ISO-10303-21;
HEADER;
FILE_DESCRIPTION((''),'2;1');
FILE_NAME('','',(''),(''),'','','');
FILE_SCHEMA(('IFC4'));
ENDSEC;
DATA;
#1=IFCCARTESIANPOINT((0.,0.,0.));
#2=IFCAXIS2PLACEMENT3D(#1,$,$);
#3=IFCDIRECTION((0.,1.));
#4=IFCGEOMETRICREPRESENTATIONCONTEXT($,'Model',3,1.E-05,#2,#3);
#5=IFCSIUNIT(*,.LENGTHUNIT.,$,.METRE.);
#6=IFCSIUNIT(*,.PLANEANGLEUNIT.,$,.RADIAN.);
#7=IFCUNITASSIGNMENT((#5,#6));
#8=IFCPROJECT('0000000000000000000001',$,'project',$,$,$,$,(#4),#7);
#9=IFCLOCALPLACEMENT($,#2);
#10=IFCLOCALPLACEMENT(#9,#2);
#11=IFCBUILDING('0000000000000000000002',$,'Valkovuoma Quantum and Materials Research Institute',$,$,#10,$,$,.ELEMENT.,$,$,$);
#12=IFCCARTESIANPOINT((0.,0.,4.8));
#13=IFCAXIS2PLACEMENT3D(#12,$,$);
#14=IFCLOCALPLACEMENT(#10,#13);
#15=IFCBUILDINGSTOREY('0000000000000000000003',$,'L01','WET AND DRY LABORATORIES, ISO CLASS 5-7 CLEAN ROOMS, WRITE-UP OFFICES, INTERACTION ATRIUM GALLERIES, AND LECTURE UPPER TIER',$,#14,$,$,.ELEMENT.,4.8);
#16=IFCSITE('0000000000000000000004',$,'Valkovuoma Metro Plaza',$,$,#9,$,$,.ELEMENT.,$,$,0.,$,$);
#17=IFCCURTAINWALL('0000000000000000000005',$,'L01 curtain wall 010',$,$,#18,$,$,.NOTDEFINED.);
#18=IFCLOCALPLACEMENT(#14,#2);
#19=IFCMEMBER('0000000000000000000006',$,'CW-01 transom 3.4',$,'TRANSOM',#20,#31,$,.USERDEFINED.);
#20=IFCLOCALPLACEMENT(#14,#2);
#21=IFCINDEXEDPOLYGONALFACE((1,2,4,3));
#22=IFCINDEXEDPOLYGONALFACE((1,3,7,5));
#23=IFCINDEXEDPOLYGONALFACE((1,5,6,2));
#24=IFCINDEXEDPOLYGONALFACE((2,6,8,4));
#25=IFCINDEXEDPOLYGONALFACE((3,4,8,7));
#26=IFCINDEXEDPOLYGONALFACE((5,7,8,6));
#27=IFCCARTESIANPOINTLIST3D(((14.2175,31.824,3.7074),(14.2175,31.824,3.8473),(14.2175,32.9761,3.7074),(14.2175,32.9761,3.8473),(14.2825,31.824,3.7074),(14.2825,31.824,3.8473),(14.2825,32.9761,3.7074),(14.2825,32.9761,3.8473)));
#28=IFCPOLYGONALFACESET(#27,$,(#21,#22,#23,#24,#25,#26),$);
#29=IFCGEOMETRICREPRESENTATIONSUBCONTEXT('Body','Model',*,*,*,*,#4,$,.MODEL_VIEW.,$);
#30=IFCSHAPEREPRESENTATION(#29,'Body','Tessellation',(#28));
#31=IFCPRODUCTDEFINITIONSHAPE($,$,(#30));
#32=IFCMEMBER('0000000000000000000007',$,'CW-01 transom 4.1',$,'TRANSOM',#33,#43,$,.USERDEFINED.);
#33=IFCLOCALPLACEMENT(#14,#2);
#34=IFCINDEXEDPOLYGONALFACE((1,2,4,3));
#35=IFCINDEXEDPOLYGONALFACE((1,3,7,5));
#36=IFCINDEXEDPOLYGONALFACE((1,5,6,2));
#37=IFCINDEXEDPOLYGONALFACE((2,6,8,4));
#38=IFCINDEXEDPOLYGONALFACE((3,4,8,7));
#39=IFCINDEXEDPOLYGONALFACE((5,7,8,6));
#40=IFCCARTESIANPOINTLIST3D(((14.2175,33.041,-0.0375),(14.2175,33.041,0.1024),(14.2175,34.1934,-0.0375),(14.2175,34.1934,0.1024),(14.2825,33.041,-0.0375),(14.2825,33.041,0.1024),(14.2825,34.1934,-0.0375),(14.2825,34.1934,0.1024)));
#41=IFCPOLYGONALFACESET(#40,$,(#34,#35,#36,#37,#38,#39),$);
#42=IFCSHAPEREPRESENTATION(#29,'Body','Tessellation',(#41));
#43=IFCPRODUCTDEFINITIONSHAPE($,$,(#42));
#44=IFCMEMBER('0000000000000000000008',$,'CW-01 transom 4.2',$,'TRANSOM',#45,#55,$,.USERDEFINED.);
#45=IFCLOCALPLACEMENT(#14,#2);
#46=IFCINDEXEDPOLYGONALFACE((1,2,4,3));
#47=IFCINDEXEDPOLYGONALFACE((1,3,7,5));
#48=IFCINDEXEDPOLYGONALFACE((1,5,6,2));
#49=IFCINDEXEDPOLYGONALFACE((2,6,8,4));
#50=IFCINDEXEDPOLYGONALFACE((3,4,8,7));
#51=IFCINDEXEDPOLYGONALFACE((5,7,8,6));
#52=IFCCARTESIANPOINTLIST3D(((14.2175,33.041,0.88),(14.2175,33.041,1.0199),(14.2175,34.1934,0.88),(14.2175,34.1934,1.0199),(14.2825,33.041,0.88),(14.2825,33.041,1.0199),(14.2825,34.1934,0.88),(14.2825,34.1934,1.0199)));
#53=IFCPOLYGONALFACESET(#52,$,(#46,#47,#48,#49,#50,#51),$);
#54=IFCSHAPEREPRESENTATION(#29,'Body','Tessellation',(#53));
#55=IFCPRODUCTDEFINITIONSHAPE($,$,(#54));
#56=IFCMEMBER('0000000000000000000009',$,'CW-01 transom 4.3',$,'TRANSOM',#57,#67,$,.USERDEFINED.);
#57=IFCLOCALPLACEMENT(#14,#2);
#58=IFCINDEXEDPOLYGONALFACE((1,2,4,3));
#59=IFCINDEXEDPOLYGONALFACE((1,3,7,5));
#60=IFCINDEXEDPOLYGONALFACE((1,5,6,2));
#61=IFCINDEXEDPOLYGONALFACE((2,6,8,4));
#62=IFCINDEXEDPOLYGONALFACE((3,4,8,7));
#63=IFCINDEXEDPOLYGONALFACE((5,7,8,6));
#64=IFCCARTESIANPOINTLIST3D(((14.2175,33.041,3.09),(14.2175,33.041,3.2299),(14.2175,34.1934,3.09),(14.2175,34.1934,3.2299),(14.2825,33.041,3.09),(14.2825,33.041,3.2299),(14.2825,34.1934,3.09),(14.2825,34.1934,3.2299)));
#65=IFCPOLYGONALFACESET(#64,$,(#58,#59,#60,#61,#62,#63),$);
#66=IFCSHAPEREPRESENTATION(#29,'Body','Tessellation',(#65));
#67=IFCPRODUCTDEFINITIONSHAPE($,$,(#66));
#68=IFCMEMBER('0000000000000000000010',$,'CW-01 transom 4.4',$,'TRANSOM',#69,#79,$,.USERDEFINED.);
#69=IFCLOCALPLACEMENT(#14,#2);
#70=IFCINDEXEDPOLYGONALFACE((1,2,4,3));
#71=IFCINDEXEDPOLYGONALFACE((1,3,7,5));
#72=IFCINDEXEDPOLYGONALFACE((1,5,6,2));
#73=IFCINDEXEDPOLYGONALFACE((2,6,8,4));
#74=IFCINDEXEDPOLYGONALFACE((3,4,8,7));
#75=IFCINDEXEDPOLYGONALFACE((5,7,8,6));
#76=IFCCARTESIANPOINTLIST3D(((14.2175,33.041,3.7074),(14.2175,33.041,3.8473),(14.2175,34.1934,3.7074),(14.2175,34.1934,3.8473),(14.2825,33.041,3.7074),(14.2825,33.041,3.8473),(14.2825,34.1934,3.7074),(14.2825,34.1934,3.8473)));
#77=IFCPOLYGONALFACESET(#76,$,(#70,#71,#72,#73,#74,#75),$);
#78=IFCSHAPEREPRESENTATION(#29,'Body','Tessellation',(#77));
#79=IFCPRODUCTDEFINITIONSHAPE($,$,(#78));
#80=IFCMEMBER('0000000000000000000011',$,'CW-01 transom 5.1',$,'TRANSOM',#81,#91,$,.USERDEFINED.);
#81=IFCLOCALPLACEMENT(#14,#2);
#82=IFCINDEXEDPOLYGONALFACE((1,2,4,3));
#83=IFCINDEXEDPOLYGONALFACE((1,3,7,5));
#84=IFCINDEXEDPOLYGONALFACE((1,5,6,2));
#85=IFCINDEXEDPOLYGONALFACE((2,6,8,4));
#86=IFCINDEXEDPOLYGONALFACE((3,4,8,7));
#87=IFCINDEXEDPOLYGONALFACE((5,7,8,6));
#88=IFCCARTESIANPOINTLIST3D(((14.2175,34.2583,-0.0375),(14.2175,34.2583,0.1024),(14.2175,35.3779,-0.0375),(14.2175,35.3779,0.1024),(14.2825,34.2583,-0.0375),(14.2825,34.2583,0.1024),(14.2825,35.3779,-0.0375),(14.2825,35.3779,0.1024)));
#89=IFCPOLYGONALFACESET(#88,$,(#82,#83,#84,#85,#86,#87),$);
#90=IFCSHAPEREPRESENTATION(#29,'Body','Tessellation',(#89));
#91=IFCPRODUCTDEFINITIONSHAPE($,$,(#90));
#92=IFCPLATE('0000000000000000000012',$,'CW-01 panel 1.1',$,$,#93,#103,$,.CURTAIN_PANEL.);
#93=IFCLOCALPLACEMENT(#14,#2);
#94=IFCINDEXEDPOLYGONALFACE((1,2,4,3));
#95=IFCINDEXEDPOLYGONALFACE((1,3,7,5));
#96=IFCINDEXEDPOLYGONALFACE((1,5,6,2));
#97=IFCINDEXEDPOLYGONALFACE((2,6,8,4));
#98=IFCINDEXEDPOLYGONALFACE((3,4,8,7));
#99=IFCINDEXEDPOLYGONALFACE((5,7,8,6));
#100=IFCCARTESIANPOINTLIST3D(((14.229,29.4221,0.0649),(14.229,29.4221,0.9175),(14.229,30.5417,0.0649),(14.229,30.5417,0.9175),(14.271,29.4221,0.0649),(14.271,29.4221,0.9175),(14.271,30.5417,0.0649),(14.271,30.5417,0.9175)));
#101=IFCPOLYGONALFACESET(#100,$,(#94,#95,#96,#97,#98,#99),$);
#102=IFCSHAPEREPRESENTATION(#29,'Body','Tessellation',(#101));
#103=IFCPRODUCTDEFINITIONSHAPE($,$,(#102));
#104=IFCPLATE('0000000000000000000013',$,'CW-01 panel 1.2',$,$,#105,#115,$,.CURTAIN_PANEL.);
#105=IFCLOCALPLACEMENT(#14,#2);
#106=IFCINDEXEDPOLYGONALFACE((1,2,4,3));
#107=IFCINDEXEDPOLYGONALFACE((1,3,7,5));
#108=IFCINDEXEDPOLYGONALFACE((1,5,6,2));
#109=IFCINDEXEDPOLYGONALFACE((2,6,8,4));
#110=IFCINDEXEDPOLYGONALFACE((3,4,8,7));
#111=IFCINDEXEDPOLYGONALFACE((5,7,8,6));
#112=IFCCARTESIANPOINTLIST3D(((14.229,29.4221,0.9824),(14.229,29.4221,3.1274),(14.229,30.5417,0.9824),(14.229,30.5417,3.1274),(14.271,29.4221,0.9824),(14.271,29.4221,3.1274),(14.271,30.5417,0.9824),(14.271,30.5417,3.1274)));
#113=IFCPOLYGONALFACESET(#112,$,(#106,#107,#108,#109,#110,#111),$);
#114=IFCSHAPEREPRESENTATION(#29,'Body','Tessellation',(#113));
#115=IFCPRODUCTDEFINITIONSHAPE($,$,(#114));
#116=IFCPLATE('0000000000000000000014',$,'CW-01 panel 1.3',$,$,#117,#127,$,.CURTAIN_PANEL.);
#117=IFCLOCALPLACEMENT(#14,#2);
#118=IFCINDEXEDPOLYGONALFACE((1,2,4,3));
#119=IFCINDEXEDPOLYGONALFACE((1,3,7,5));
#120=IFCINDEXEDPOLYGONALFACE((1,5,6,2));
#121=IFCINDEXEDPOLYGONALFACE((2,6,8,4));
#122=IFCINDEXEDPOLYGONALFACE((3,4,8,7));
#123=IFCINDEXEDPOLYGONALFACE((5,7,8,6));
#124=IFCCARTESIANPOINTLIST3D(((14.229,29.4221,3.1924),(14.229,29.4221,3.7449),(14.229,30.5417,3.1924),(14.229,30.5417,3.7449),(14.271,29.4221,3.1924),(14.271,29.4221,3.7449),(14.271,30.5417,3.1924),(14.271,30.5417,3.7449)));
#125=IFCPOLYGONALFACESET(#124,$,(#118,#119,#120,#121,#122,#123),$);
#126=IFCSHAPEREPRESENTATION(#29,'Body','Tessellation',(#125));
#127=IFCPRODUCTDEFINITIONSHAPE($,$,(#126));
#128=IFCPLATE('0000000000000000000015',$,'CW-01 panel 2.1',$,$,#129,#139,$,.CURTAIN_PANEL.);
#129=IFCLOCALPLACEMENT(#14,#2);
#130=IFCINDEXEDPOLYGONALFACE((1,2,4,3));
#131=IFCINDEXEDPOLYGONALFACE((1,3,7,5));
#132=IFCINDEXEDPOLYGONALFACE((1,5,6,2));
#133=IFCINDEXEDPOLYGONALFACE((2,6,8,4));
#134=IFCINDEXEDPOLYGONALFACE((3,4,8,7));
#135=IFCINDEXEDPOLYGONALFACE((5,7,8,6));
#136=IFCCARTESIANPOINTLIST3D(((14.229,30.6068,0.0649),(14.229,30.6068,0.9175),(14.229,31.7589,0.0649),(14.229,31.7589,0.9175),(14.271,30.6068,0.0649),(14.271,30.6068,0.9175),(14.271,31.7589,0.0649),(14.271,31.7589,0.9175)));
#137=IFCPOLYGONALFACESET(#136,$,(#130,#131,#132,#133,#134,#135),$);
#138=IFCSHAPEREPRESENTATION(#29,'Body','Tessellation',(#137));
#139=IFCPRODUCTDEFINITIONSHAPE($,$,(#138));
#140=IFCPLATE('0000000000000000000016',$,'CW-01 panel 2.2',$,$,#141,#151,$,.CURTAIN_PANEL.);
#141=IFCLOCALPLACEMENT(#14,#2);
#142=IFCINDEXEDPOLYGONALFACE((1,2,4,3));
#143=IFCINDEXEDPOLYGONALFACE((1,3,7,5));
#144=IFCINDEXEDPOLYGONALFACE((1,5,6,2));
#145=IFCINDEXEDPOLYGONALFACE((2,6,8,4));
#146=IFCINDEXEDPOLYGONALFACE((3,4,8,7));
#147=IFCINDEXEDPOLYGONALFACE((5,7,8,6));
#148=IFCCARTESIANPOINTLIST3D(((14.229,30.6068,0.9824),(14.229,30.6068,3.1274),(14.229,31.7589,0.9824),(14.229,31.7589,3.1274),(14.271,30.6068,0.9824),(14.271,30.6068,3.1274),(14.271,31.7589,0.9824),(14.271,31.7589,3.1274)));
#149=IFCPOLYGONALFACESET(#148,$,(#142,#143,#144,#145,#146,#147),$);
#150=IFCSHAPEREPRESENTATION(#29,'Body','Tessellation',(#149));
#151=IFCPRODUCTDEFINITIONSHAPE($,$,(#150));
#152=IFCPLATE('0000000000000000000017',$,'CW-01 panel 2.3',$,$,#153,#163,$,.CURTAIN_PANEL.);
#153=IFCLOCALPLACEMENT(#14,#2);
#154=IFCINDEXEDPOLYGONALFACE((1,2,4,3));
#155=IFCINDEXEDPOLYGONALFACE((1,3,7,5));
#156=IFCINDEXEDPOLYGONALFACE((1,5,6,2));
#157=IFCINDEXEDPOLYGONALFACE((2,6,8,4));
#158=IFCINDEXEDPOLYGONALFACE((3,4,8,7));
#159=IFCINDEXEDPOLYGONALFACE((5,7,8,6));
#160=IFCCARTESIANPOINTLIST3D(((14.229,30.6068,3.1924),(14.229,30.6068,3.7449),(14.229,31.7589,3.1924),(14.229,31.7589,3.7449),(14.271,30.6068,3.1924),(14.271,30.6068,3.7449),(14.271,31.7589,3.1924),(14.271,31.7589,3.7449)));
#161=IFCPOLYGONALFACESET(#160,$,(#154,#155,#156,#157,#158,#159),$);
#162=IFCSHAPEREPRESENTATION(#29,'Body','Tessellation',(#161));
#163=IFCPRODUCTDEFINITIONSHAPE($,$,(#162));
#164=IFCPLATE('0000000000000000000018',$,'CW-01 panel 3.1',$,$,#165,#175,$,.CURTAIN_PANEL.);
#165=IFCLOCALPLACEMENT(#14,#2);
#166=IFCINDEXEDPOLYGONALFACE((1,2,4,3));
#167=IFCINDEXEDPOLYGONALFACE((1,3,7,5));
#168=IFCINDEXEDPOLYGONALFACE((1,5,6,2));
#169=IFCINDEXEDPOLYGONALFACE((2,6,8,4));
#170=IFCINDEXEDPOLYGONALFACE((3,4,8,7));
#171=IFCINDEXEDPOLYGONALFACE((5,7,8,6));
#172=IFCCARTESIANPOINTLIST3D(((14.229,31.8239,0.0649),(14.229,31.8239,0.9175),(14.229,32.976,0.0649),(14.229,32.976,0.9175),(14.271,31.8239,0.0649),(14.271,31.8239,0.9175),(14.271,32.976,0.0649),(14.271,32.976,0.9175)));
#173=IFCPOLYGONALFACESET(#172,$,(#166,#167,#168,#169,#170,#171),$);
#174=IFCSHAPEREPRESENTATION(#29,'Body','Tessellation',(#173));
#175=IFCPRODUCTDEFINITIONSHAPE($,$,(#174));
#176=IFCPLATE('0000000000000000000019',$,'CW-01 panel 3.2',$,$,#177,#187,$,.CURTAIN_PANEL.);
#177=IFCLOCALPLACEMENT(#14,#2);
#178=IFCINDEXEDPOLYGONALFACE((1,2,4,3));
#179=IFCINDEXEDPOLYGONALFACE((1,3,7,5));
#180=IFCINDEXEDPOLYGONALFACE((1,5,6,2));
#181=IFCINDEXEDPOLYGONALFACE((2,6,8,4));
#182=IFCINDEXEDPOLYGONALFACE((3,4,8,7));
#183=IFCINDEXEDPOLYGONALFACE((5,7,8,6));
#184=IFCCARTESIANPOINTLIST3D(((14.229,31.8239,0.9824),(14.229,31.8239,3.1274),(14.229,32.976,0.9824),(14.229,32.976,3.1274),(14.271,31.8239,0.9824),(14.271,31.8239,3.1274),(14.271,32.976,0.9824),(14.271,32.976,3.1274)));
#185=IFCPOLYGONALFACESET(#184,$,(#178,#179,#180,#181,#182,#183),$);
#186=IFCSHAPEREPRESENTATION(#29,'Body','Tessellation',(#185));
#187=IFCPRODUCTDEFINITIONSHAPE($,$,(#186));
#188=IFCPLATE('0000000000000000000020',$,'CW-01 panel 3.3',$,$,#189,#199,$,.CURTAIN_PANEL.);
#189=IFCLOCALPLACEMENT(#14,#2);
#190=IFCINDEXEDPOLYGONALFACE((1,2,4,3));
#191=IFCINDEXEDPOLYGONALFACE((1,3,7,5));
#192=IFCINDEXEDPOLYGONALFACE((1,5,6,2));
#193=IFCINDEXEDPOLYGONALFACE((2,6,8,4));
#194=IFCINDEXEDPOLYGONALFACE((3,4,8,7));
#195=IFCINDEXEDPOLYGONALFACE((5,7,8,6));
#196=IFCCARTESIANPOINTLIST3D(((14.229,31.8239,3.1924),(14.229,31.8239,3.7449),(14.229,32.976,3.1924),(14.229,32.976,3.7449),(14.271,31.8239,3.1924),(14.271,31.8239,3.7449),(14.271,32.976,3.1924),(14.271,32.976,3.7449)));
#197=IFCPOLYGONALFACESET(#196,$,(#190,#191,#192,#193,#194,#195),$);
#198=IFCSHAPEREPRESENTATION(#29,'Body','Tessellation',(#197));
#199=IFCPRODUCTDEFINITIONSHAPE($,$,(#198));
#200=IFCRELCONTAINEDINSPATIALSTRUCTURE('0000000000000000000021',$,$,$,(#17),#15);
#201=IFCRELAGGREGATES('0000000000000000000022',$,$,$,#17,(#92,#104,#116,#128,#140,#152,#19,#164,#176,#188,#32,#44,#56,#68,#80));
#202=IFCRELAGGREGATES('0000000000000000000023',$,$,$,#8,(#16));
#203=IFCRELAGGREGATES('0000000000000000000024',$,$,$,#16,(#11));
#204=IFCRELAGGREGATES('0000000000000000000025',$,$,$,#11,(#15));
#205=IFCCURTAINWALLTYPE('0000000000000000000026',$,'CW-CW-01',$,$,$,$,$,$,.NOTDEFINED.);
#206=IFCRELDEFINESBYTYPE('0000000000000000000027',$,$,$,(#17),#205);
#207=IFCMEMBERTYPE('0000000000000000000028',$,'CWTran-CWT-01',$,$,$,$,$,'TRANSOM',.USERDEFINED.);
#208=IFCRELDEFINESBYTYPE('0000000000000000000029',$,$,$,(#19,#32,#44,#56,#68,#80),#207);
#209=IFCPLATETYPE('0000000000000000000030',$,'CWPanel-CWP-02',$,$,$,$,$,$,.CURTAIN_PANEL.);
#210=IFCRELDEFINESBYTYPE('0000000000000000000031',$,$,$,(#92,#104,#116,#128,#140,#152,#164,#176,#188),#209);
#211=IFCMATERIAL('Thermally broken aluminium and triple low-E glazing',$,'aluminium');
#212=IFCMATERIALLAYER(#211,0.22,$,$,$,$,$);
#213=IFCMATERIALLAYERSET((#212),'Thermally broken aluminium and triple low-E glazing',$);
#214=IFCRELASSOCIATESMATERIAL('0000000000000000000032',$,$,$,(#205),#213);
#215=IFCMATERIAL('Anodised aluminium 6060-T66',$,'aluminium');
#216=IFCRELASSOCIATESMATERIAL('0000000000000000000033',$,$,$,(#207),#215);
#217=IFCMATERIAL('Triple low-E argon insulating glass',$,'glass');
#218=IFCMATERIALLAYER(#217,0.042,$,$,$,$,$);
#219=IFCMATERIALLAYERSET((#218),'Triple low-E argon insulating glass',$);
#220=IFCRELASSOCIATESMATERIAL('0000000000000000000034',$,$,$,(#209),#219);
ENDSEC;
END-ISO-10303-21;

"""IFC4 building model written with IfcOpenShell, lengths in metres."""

from ifc_helpers import new_model, si_unit, direction, frame, origin, origin_2d, place, context, subcontext, project, spatial, rectangle, extrude, material, layer, layer_set, material_profile, profile_set, type_object, element, aggregate, save


model = new_model("IFC4")

# Units and contexts
model_context = context("Model", 3, precision=1e-05, world=origin(), true_north=direction((0.0, 1.0)))
body_context = subcontext(model_context, "Body", "Model", "MODEL_VIEW")
ifc_project = project(units=[si_unit("LENGTHUNIT", "METRE"), si_unit("PLANEANGLEUNIT", "RADIAN")], contexts=[model_context])

# Site, building, storey
site_placement = place(None, origin())
site = spatial("IfcSite", under=ifc_project, at=site_placement, Name="Valkovuoma Metro Plaza", CompositionType="ELEMENT", RefElevation=0.0)
building_placement = place(site_placement, origin())
building = spatial("IfcBuilding", under=site, at=building_placement, Name="Valkovuoma Quantum and Materials Research Institute", CompositionType="ELEMENT")
storey_placement = place(building_placement, frame((0.0, 0.0, 4.8)))
storey = spatial("IfcBuildingStorey", under=building, at=storey_placement, Name="L01", Description="WET AND DRY LABORATORIES, ISO CLASS 5-7 CLEAN ROOMS, WRITE-UP OFFICES, INTERACTION ATRIUM GALLERIES, AND LECTURE UPPER TIER", CompositionType="ELEMENT", Elevation=4.8)

# Curtain wall, members, plates
ifc_material_1 = material(Name="Thermally broken aluminium and triple low-E glazing", Category="aluminium")
ifc_layer_1 = layer(ifc_material_1, 0.22)
ifc_layer_set_1 = layer_set([ifc_layer_1], Name="Thermally broken aluminium and triple low-E glazing")
curtain_wall_type = type_object("IfcCurtainWallType", Name="CW-CW-01", PredefinedType="NOTDEFINED", material=ifc_layer_set_1)
curtain_wall_placement = place(storey_placement, origin())
curtain_wall = element("IfcCurtainWall", 1, at=curtain_wall_placement, inside=storey, type_object=curtain_wall_type, Name="L01 curtain wall 010", PredefinedType="NOTDEFINED")
ifc_material_2 = material(Name="Anodised aluminium 6060-T66", Category="aluminium")
ifc_material_profile_1 = material_profile(ifc_material_2, rectangle(XDim=0.0649, YDim=0.1399, at=origin_2d()), Name="Anodised aluminium 6060-T66")
ifc_profile_set_1 = profile_set([ifc_material_profile_1], Name="Anodised aluminium 6060-T66")
member_type_1 = type_object("IfcMemberType", Name="CWTran-CWT-01", ElementType="TRANSOM", PredefinedType="USERDEFINED", material=ifc_profile_set_1)
member_1_placement = place(storey_placement, frame((14.25, 31.824, 3.7773), z_axis=(0.0, 1.0, 0.0), x_axis=(-1.0, 0.0, 0.0)))
member_1 = element("IfcMember", 2, at=member_1_placement, type_object=member_type_1, Name="CW-01 transom 3.4", ObjectType="TRANSOM", PredefinedType="USERDEFINED", context=body_context, shape_type="SweptSolid", body=[
    extrude(rectangle(XDim=0.0649, YDim=0.1399, at=origin_2d()), origin(), (0.0, 0.0, 1.0), 1.1521),
])
member_2_placement = place(storey_placement, frame((14.25, 33.041, 0.0325), z_axis=(0.0, 1.0, 0.0), x_axis=(-1.0, 0.0, 0.0)))
member_2 = element("IfcMember", 3, at=member_2_placement, type_object=member_type_1, Name="CW-01 transom 4.1", ObjectType="TRANSOM", PredefinedType="USERDEFINED", context=body_context, shape_type="SweptSolid", body=[
    extrude(rectangle(XDim=0.0649, YDim=0.1399, at=origin_2d()), origin(), (0.0, 0.0, 1.0), 1.1523),
])
member_3_placement = place(storey_placement, frame((14.25, 33.041, 0.95), z_axis=(0.0, 1.0, 0.0), x_axis=(-1.0, 0.0, 0.0)))
member_3 = element("IfcMember", 4, at=member_3_placement, type_object=member_type_1, Name="CW-01 transom 4.2", ObjectType="TRANSOM", PredefinedType="USERDEFINED", context=body_context, shape_type="SweptSolid", body=[
    extrude(rectangle(XDim=0.0649, YDim=0.1399, at=origin_2d()), origin(), (0.0, 0.0, 1.0), 1.1523),
])
member_4_placement = place(storey_placement, frame((14.25, 33.041, 3.1599), z_axis=(0.0, 1.0, 0.0), x_axis=(-1.0, 0.0, 0.0)))
member_4 = element("IfcMember", 5, at=member_4_placement, type_object=member_type_1, Name="CW-01 transom 4.3", ObjectType="TRANSOM", PredefinedType="USERDEFINED", context=body_context, shape_type="SweptSolid", body=[
    extrude(rectangle(XDim=0.0649, YDim=0.1399, at=origin_2d()), origin(), (0.0, 0.0, 1.0), 1.1523),
])
member_5_placement = place(storey_placement, frame((14.25, 33.041, 3.7773), z_axis=(0.0, 1.0, 0.0), x_axis=(-1.0, 0.0, 0.0)))
member_5 = element("IfcMember", 6, at=member_5_placement, type_object=member_type_1, Name="CW-01 transom 4.4", ObjectType="TRANSOM", PredefinedType="USERDEFINED", context=body_context, shape_type="SweptSolid", body=[
    extrude(rectangle(XDim=0.0649, YDim=0.1399, at=origin_2d()), origin(), (0.0, 0.0, 1.0), 1.1523),
])
member_6_placement = place(storey_placement, frame((14.25, 34.2583, 0.0325), z_axis=(0.0, 1.0, 0.0), x_axis=(-1.0, 0.0, 0.0)))
member_6 = element("IfcMember", 7, at=member_6_placement, type_object=member_type_1, Name="CW-01 transom 5.1", ObjectType="TRANSOM", PredefinedType="USERDEFINED", context=body_context, shape_type="SweptSolid", body=[
    extrude(rectangle(XDim=0.0649, YDim=0.1399, at=origin_2d()), origin(), (0.0, 0.0, 1.0), 1.1196),
])
ifc_material_3 = material(Name="Triple low-E argon insulating glass", Category="glass")
ifc_layer_2 = layer(ifc_material_3, 0.042)
ifc_layer_set_2 = layer_set([ifc_layer_2], Name="Triple low-E argon insulating glass")
plate_type = type_object("IfcPlateType", Name="CWPanel-CWP-02", PredefinedType="CURTAIN_PANEL", material=ifc_layer_set_2)
plate_1_placement = place(storey_placement, frame((14.25, 29.9819, 0.0649), z_axis=(0.0, 0.0, 1.0), x_axis=(0.0, 1.0, 0.0)))
plate_1 = element("IfcPlate", 8, at=plate_1_placement, type_object=plate_type, Name="CW-01 panel 1.1", PredefinedType="CURTAIN_PANEL", context=body_context, shape_type="SweptSolid", body=[
    extrude(rectangle(XDim=1.1196, YDim=0.042, at=origin_2d()), origin(), (0.0, 0.0, 1.0), 0.8525),
])
plate_2_placement = place(storey_placement, frame((14.25, 29.9819, 0.9824), z_axis=(0.0, 0.0, 1.0), x_axis=(0.0, 1.0, 0.0)))
plate_2 = element("IfcPlate", 9, at=plate_2_placement, type_object=plate_type, Name="CW-01 panel 1.2", PredefinedType="CURTAIN_PANEL", context=body_context, shape_type="SweptSolid", body=[
    extrude(rectangle(XDim=1.1196, YDim=0.042, at=origin_2d()), origin(), (0.0, 0.0, 1.0), 2.145),
])
plate_3_placement = place(storey_placement, frame((14.25, 29.9819, 3.1924), z_axis=(0.0, 0.0, 1.0), x_axis=(0.0, 1.0, 0.0)))
plate_3 = element("IfcPlate", 10, at=plate_3_placement, type_object=plate_type, Name="CW-01 panel 1.3", PredefinedType="CURTAIN_PANEL", context=body_context, shape_type="SweptSolid", body=[
    extrude(rectangle(XDim=1.1196, YDim=0.042, at=origin_2d()), origin(), (0.0, 0.0, 1.0), 0.5525),
])
plate_4_placement = place(storey_placement, frame((14.25, 31.1829, 0.0649), z_axis=(0.0, 0.0, 1.0), x_axis=(0.0, 1.0, 0.0)))
plate_4 = element("IfcPlate", 11, at=plate_4_placement, type_object=plate_type, Name="CW-01 panel 2.1", PredefinedType="CURTAIN_PANEL", context=body_context, shape_type="SweptSolid", body=[
    extrude(rectangle(XDim=1.1521, YDim=0.042, at=origin_2d()), origin(), (0.0, 0.0, 1.0), 0.8525),
])
plate_5_placement = place(storey_placement, frame((14.25, 31.1829, 0.9824), z_axis=(0.0, 0.0, 1.0), x_axis=(0.0, 1.0, 0.0)))
plate_5 = element("IfcPlate", 12, at=plate_5_placement, type_object=plate_type, Name="CW-01 panel 2.2", PredefinedType="CURTAIN_PANEL", context=body_context, shape_type="SweptSolid", body=[
    extrude(rectangle(XDim=1.1521, YDim=0.042, at=origin_2d()), origin(), (0.0, 0.0, 1.0), 2.145),
])
plate_6_placement = place(storey_placement, frame((14.25, 31.1829, 3.1924), z_axis=(0.0, 0.0, 1.0), x_axis=(0.0, 1.0, 0.0)))
plate_6 = element("IfcPlate", 13, at=plate_6_placement, type_object=plate_type, Name="CW-01 panel 2.3", PredefinedType="CURTAIN_PANEL", context=body_context, shape_type="SweptSolid", body=[
    extrude(rectangle(XDim=1.1521, YDim=0.042, at=origin_2d()), origin(), (0.0, 0.0, 1.0), 0.5525),
])
plate_7_placement = place(storey_placement, frame((14.25, 32.3999, 0.0649), z_axis=(0.0, 0.0, 1.0), x_axis=(0.0, 1.0, 0.0)))
plate_7 = element("IfcPlate", 14, at=plate_7_placement, type_object=plate_type, Name="CW-01 panel 3.1", PredefinedType="CURTAIN_PANEL", context=body_context, shape_type="SweptSolid", body=[
    extrude(rectangle(XDim=1.1521, YDim=0.042, at=origin_2d()), origin(), (0.0, 0.0, 1.0), 0.8525),
])
plate_8_placement = place(storey_placement, frame((14.25, 32.3999, 0.9824), z_axis=(0.0, 0.0, 1.0), x_axis=(0.0, 1.0, 0.0)))
plate_8 = element("IfcPlate", 15, at=plate_8_placement, type_object=plate_type, Name="CW-01 panel 3.2", PredefinedType="CURTAIN_PANEL", context=body_context, shape_type="SweptSolid", body=[
    extrude(rectangle(XDim=1.1521, YDim=0.042, at=origin_2d()), origin(), (0.0, 0.0, 1.0), 2.145),
])
plate_9_placement = place(storey_placement, frame((14.25, 32.3999, 3.1924), z_axis=(0.0, 0.0, 1.0), x_axis=(0.0, 1.0, 0.0)))
plate_9 = element("IfcPlate", 16, at=plate_9_placement, type_object=plate_type, Name="CW-01 panel 3.3", PredefinedType="CURTAIN_PANEL", context=body_context, shape_type="SweptSolid", body=[
    extrude(rectangle(XDim=1.1521, YDim=0.042, at=origin_2d()), origin(), (0.0, 0.0, 1.0), 0.5525),
])
aggregate(curtain_wall, [plate_1, plate_2, plate_3, plate_4, plate_5, plate_6, member_1, plate_7, plate_8, plate_9, member_2, member_3, member_4, member_5, member_6])

save(model, "model.ifc")
